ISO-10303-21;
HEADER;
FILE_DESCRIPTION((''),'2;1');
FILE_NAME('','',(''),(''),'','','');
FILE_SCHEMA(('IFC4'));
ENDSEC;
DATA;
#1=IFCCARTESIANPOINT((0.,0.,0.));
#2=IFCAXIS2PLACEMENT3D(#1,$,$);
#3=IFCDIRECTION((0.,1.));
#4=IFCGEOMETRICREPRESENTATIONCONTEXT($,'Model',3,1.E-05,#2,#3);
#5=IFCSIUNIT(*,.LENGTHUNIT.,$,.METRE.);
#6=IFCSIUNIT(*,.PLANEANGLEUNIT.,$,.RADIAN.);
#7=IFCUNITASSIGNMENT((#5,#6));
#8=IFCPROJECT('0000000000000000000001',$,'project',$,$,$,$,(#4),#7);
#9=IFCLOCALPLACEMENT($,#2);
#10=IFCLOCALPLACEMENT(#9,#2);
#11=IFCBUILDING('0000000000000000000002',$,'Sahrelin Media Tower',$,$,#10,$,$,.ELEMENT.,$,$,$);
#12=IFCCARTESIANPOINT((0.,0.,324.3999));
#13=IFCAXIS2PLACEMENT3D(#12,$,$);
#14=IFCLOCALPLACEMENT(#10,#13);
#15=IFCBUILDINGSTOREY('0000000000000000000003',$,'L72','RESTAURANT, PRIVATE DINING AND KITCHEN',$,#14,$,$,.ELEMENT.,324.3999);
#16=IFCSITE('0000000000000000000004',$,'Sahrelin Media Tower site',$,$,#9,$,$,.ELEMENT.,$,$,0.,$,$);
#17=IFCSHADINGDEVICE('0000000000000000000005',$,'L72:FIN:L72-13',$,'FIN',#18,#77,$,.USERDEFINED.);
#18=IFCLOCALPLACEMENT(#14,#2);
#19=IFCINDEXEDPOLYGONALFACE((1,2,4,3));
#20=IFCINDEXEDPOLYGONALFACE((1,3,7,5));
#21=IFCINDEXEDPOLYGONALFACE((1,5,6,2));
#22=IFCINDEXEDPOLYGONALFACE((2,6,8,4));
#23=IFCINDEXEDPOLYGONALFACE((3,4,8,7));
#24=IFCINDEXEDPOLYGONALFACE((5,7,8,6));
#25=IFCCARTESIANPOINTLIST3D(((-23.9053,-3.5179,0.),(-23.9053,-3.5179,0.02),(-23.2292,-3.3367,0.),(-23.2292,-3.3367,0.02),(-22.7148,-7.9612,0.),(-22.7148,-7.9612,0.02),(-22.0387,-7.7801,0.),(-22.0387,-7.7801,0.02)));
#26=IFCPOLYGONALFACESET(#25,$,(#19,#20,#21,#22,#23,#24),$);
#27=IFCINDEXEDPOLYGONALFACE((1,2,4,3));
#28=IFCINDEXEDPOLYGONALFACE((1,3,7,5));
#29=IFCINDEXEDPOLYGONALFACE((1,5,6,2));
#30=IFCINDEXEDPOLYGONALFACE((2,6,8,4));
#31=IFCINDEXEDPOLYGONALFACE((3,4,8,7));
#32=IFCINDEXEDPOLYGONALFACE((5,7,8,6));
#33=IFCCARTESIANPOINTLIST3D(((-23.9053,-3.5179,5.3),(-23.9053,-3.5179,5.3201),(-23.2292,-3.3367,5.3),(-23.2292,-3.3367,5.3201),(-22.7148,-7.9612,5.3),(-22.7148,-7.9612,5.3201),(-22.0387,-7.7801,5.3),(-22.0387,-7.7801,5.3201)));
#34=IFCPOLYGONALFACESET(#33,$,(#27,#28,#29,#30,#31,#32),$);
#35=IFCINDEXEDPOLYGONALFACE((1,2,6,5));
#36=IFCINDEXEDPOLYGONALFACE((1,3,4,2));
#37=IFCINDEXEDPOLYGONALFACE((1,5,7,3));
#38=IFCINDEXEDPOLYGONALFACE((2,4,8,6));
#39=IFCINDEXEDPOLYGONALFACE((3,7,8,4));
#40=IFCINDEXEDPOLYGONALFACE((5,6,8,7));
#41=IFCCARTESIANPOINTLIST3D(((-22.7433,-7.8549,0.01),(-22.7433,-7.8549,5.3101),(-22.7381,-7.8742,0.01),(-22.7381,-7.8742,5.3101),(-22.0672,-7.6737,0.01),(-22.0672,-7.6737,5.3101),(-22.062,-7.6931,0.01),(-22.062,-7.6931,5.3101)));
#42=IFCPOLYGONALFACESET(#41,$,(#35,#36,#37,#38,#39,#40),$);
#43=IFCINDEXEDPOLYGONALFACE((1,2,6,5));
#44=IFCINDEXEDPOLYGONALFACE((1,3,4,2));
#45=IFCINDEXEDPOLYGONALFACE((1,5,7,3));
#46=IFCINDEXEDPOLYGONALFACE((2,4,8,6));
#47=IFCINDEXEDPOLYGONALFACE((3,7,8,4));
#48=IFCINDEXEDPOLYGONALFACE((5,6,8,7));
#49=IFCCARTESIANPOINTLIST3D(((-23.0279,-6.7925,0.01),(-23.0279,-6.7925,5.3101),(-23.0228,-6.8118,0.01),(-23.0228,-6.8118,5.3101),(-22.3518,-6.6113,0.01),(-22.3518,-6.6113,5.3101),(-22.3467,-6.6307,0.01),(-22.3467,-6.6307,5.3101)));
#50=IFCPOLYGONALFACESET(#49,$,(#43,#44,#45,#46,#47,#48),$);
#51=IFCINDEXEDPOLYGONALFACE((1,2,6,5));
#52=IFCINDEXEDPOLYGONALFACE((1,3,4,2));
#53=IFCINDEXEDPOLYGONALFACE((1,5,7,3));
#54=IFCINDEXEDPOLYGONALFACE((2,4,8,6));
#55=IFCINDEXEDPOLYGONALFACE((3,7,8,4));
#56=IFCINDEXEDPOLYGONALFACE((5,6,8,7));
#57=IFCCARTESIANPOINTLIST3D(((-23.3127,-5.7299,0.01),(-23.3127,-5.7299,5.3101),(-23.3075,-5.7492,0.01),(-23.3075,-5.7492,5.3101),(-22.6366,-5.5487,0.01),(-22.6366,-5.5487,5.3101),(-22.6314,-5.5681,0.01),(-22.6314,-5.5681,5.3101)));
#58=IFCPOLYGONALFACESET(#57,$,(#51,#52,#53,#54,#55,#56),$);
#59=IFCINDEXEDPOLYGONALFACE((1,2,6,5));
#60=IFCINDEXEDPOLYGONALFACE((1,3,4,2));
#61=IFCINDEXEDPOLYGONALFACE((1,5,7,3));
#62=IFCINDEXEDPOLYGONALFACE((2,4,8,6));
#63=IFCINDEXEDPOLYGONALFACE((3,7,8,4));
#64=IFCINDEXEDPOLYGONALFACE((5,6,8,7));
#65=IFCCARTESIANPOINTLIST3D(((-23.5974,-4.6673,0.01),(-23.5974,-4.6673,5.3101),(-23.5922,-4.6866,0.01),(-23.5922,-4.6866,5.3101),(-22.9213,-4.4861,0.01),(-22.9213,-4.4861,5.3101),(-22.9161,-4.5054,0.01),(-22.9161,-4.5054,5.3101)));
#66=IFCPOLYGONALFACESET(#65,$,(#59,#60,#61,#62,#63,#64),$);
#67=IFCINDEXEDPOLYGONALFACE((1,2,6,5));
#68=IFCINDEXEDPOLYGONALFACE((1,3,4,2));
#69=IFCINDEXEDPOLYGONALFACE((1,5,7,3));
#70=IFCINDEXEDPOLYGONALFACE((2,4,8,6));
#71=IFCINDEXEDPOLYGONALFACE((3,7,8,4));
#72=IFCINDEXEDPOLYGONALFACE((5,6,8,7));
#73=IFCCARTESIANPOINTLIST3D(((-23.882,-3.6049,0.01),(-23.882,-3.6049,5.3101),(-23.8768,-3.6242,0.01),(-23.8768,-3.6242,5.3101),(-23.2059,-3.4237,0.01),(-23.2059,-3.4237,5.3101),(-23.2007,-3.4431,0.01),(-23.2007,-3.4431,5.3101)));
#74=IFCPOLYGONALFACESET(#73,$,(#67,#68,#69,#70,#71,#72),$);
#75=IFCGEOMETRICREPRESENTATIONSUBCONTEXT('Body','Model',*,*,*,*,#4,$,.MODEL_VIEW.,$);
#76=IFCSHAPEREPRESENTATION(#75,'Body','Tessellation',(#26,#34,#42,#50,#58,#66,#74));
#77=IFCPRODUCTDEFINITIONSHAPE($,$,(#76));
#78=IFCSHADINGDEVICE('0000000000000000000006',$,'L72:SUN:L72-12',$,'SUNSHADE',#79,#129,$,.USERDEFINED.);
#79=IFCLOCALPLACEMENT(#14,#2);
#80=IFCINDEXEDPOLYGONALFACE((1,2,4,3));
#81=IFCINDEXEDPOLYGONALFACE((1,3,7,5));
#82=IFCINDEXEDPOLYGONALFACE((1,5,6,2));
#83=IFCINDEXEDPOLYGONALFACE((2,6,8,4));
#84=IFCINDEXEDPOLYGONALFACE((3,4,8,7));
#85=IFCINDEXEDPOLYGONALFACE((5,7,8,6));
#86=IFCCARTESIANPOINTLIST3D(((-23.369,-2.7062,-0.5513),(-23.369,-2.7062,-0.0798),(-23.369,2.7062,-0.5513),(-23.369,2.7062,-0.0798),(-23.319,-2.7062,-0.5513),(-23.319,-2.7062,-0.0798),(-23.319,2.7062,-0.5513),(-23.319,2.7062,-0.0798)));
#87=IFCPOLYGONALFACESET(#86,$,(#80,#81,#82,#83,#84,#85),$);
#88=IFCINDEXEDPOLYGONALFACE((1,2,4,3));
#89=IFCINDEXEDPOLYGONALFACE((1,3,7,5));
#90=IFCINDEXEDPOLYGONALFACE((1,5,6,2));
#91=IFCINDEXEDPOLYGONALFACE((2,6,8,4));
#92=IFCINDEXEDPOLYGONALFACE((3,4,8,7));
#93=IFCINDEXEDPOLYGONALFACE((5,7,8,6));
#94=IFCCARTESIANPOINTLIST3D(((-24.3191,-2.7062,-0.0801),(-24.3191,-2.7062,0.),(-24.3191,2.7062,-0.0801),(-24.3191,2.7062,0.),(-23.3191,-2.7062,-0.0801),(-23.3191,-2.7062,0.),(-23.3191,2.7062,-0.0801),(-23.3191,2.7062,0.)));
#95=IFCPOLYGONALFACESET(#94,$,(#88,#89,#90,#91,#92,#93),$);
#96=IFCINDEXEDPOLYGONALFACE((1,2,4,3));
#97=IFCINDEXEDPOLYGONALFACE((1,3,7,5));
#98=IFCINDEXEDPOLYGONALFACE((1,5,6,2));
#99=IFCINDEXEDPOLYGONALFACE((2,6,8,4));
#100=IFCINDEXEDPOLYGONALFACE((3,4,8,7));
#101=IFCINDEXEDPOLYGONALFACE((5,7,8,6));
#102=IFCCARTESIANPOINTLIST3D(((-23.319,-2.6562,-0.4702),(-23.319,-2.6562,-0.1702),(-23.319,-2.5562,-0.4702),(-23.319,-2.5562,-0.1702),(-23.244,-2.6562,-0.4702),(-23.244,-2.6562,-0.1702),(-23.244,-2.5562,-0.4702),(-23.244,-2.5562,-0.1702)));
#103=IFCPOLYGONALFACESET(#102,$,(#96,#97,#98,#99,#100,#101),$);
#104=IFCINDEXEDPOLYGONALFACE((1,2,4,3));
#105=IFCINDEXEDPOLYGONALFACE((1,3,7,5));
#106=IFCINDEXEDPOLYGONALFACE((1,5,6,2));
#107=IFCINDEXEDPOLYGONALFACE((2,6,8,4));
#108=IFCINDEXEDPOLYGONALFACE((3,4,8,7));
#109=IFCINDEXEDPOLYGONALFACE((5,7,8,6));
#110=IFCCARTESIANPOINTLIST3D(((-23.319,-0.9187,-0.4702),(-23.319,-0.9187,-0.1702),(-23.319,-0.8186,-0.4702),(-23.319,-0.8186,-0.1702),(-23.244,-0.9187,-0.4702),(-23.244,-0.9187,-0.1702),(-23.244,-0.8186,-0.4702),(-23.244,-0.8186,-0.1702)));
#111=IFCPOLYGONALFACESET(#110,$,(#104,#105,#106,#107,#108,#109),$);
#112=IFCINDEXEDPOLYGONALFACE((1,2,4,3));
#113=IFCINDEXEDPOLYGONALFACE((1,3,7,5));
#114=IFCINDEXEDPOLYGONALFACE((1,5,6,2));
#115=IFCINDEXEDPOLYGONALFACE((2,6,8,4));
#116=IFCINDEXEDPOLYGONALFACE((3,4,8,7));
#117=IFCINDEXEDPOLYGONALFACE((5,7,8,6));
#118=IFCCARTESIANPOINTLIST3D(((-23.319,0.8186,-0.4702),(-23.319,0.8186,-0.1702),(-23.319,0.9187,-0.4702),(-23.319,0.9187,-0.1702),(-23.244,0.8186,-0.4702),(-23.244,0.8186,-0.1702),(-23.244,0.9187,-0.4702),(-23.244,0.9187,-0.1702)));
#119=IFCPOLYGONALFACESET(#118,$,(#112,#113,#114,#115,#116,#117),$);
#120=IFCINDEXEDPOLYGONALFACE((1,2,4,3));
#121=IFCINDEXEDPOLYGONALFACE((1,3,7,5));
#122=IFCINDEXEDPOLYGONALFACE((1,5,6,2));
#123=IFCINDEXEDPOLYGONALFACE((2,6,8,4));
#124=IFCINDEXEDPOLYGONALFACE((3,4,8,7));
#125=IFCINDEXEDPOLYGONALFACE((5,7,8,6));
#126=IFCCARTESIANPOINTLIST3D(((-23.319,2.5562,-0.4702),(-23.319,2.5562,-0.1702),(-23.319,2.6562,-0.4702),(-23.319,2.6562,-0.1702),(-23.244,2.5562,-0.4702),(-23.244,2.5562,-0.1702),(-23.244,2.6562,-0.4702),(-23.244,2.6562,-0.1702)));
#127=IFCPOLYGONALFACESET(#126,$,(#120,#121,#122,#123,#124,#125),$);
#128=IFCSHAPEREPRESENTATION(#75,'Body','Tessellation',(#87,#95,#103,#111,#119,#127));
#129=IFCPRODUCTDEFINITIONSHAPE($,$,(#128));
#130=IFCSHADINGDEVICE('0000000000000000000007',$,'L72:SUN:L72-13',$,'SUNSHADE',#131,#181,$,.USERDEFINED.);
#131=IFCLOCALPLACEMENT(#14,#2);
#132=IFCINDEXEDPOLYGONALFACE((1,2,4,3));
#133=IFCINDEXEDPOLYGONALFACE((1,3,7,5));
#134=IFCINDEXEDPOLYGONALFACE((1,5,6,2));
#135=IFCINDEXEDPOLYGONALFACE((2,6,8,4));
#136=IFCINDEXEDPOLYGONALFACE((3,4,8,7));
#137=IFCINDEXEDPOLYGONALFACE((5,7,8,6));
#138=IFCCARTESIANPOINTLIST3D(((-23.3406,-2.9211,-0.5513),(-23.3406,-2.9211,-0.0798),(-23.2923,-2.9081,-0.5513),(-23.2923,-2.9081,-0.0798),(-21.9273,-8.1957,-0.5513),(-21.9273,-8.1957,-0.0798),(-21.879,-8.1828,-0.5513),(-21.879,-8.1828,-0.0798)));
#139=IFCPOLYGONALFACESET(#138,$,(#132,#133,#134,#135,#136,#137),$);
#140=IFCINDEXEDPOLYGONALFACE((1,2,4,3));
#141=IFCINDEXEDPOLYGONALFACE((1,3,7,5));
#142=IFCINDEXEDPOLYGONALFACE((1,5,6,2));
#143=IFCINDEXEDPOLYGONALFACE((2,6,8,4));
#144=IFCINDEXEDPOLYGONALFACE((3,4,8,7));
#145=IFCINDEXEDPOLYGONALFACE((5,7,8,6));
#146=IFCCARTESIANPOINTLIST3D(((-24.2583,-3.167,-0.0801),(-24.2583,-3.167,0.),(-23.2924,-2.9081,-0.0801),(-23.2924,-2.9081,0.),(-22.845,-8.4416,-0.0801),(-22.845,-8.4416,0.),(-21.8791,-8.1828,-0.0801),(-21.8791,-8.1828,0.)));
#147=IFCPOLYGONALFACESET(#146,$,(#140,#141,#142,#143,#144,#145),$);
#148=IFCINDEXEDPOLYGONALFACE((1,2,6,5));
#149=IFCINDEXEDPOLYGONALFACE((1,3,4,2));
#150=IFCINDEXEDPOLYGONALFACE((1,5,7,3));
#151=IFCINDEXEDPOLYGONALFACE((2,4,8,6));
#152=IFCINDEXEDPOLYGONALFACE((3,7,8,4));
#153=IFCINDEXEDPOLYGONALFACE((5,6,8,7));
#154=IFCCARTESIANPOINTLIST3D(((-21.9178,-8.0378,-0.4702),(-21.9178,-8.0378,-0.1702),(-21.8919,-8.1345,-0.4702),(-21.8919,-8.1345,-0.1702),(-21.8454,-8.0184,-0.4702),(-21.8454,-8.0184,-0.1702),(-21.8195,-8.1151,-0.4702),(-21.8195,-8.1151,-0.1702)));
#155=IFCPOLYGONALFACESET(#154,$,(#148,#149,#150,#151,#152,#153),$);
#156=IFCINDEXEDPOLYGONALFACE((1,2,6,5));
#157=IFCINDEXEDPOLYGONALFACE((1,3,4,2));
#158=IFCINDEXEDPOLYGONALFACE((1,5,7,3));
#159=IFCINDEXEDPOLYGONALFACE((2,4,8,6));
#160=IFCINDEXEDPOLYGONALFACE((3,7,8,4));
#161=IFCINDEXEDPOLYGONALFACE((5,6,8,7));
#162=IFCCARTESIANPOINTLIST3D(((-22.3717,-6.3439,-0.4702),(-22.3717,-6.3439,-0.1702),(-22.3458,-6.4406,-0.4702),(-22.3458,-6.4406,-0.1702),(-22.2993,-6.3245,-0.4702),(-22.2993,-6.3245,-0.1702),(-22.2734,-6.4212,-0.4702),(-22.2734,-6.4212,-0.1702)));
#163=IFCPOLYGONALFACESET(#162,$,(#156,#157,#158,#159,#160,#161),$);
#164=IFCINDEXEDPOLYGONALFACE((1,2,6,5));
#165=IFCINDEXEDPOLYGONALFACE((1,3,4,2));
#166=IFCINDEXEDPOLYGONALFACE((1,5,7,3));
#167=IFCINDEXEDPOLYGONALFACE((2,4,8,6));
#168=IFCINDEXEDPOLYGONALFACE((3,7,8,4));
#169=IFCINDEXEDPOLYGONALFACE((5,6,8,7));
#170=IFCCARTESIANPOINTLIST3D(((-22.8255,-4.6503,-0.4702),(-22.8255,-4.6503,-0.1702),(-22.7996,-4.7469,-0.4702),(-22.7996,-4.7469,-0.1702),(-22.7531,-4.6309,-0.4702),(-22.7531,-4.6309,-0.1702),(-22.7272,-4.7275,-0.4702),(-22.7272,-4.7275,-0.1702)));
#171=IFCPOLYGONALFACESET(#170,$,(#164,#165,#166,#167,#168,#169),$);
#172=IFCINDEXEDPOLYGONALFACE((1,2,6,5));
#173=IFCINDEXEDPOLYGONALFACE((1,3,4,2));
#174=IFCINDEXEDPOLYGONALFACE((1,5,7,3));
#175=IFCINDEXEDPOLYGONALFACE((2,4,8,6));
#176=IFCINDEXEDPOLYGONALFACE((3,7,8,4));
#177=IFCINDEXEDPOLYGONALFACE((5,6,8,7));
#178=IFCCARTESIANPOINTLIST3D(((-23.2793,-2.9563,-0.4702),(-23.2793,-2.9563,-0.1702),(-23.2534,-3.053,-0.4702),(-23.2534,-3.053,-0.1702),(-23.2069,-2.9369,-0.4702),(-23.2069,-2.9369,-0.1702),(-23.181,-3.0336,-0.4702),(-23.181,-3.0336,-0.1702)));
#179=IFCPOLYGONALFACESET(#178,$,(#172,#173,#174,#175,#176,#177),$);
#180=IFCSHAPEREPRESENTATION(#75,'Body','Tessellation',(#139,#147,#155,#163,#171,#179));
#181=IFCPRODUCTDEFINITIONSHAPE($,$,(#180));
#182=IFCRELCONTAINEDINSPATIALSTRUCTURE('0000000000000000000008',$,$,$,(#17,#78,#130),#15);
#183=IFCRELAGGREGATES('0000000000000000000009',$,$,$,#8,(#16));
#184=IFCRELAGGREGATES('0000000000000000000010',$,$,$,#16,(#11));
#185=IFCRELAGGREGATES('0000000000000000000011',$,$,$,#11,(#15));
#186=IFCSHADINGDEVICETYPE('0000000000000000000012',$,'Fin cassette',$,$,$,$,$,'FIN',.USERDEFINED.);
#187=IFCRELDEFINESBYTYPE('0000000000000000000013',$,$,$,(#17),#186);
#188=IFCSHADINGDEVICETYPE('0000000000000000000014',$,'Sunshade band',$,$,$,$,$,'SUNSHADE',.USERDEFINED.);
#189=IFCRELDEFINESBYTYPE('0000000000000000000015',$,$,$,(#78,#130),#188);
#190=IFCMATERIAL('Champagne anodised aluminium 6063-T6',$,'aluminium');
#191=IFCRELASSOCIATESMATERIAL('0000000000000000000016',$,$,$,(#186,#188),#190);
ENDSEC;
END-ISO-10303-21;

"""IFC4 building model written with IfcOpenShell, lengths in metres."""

from ifc_helpers import new_model, si_unit, direction, frame, origin, origin_2d, place, context, subcontext, project, spatial, rectangle, extrude, material, type_object, element, save


model = new_model("IFC4")

# Units and contexts
model_context = context("Model", 3, precision=1e-05, world=origin(), true_north=direction((0.0, 1.0)))
body_context = subcontext(model_context, "Body", "Model", "MODEL_VIEW")
ifc_project = project(units=[si_unit("LENGTHUNIT", "METRE"), si_unit("PLANEANGLEUNIT", "RADIAN")], contexts=[model_context])

# Site, building, storey
site_placement = place(None, origin())
site = spatial("IfcSite", under=ifc_project, at=site_placement, Name="Sahrelin Media Tower site", CompositionType="ELEMENT", RefElevation=0.0)
building_placement = place(site_placement, origin())
building = spatial("IfcBuilding", under=site, at=building_placement, Name="Sahrelin Media Tower", CompositionType="ELEMENT")
storey_placement = place(building_placement, frame((0.0, 0.0, 324.3999)))
storey = spatial("IfcBuildingStorey", under=building, at=storey_placement, Name="L72", Description="RESTAURANT, PRIVATE DINING AND KITCHEN", CompositionType="ELEMENT", Elevation=324.3999)

# Shared definitions
ifc_material_1 = material(Name="Champagne anodised aluminium 6063-T6", Category="aluminium")

# Shading devices
shading_device_type_1 = type_object("IfcShadingDeviceType", Name="Fin cassette", ElementType="FIN", PredefinedType="USERDEFINED", material=ifc_material_1)
placement_1 = place(storey_placement, frame((-23.2991, 0.0, 0.0), z_axis=(0.0, 0.0, 1.0), x_axis=(0.0, 1.0, 0.0)))
placement_2 = place(storey_placement, frame((-22.5664, -5.5403, 0.0), z_axis=(0.0, 0.0, 1.0), x_axis=(-0.258808, 0.965929, 0.0)))
element("IfcShadingDevice", 1, at=placement_2, inside=storey, type_object=shading_device_type_1, Name="L72:FIN:L72-13", ObjectType="FIN", PredefinedType="USERDEFINED", context=body_context, shape_type="SweptSolid", body=[
    extrude(rectangle(XDim=4.6001, YDim=0.7, at=origin_2d()), frame((0.0, 0.4199, 0.0)), (0.0, 0.0, 1.0), 0.02),
    extrude(rectangle(XDim=4.6001, YDim=0.7, at=origin_2d()), frame((0.0, 0.4199, 5.3)), (0.0, 0.0, 1.0), 0.02),
    extrude(rectangle(XDim=0.02, YDim=0.7, at=origin_2d()), frame((-2.2, 0.4199, 0.01), z_axis=(0.0, 0.0, 1.0), x_axis=(1.0, 0.0, 0.0)), (0.0, 0.0, 1.0), 5.3),
    extrude(rectangle(XDim=0.02, YDim=0.7, at=origin_2d()), frame((-1.1001, 0.4199, 0.01), z_axis=(0.0, 0.0, 1.0), x_axis=(1.0, 0.0, 0.0)), (0.0, 0.0, 1.0), 5.3),
    extrude(rectangle(XDim=0.02, YDim=0.7, at=origin_2d()), frame((0.0, 0.4199, 0.01), z_axis=(0.0, 0.0, 1.0), x_axis=(1.0, 0.0, 0.0)), (0.0, 0.0, 1.0), 5.3),
    extrude(rectangle(XDim=0.02, YDim=0.7, at=origin_2d()), frame((1.1001, 0.4199, 0.01), z_axis=(0.0, 0.0, 1.0), x_axis=(1.0, 0.0, 0.0)), (0.0, 0.0, 1.0), 5.3),
    extrude(rectangle(XDim=0.02, YDim=0.7, at=origin_2d()), frame((2.2, 0.4199, 0.01), z_axis=(0.0, 0.0, 1.0), x_axis=(1.0, 0.0, 0.0)), (0.0, 0.0, 1.0), 5.3),
])
shading_device_type_2 = type_object("IfcShadingDeviceType", Name="Sunshade band", ElementType="SUNSHADE", PredefinedType="USERDEFINED", material=ifc_material_1)
element("IfcShadingDevice", 2, at=placement_1, inside=storey, type_object=shading_device_type_2, Name="L72:SUN:L72-12", ObjectType="SUNSHADE", PredefinedType="USERDEFINED", context=body_context, shape_type="SweptSolid", body=[
    extrude(rectangle(XDim=5.4124, YDim=0.05, at=origin_2d()), frame((0.0, 0.0449, -0.5513)), (0.0, 0.0, 1.0), 0.4714),
    extrude(rectangle(XDim=5.4124, YDim=1.0, at=origin_2d()), frame((0.0, 0.52, -0.0801)), (0.0, 0.0, 1.0), 0.0801),
    extrude(rectangle(XDim=0.1001, YDim=0.075, at=origin_2d()), frame((-2.6062, -0.0176, -0.4702)), (0.0, 0.0, 1.0), 0.3),
    extrude(rectangle(XDim=0.1001, YDim=0.075, at=origin_2d()), frame((-0.8687, -0.0176, -0.4702)), (0.0, 0.0, 1.0), 0.3),
    extrude(rectangle(XDim=0.1001, YDim=0.075, at=origin_2d()), frame((0.8687, -0.0176, -0.4702)), (0.0, 0.0, 1.0), 0.3),
    extrude(rectangle(XDim=0.1001, YDim=0.075, at=origin_2d()), frame((2.6062, -0.0176, -0.4702)), (0.0, 0.0, 1.0), 0.3),
])
element("IfcShadingDevice", 3, at=placement_2, inside=storey, type_object=shading_device_type_2, Name="L72:SUN:L72-13", ObjectType="SUNSHADE", PredefinedType="USERDEFINED", context=body_context, shape_type="SweptSolid", body=[
    extrude(rectangle(XDim=5.4607, YDim=0.05, at=origin_2d()), frame((0.0, 0.0449, -0.5513)), (0.0, 0.0, 1.0), 0.4714),
    extrude(rectangle(XDim=5.4607, YDim=1.0, at=origin_2d()), frame((0.0, 0.52, -0.0801)), (0.0, 0.0, 1.0), 0.0801),
    extrude(rectangle(XDim=0.1001, YDim=0.075, at=origin_2d()), frame((-2.6304, -0.0176, -0.4702)), (0.0, 0.0, 1.0), 0.3),
    extrude(rectangle(XDim=0.1001, YDim=0.075, at=origin_2d()), frame((-0.8767, -0.0176, -0.4702)), (0.0, 0.0, 1.0), 0.3),
    extrude(rectangle(XDim=0.1001, YDim=0.075, at=origin_2d()), frame((0.8767, -0.0176, -0.4702)), (0.0, 0.0, 1.0), 0.3),
    extrude(rectangle(XDim=0.1001, YDim=0.075, at=origin_2d()), frame((2.6304, -0.0176, -0.4702)), (0.0, 0.0, 1.0), 0.3),
])

save(model, "model.ifc")
